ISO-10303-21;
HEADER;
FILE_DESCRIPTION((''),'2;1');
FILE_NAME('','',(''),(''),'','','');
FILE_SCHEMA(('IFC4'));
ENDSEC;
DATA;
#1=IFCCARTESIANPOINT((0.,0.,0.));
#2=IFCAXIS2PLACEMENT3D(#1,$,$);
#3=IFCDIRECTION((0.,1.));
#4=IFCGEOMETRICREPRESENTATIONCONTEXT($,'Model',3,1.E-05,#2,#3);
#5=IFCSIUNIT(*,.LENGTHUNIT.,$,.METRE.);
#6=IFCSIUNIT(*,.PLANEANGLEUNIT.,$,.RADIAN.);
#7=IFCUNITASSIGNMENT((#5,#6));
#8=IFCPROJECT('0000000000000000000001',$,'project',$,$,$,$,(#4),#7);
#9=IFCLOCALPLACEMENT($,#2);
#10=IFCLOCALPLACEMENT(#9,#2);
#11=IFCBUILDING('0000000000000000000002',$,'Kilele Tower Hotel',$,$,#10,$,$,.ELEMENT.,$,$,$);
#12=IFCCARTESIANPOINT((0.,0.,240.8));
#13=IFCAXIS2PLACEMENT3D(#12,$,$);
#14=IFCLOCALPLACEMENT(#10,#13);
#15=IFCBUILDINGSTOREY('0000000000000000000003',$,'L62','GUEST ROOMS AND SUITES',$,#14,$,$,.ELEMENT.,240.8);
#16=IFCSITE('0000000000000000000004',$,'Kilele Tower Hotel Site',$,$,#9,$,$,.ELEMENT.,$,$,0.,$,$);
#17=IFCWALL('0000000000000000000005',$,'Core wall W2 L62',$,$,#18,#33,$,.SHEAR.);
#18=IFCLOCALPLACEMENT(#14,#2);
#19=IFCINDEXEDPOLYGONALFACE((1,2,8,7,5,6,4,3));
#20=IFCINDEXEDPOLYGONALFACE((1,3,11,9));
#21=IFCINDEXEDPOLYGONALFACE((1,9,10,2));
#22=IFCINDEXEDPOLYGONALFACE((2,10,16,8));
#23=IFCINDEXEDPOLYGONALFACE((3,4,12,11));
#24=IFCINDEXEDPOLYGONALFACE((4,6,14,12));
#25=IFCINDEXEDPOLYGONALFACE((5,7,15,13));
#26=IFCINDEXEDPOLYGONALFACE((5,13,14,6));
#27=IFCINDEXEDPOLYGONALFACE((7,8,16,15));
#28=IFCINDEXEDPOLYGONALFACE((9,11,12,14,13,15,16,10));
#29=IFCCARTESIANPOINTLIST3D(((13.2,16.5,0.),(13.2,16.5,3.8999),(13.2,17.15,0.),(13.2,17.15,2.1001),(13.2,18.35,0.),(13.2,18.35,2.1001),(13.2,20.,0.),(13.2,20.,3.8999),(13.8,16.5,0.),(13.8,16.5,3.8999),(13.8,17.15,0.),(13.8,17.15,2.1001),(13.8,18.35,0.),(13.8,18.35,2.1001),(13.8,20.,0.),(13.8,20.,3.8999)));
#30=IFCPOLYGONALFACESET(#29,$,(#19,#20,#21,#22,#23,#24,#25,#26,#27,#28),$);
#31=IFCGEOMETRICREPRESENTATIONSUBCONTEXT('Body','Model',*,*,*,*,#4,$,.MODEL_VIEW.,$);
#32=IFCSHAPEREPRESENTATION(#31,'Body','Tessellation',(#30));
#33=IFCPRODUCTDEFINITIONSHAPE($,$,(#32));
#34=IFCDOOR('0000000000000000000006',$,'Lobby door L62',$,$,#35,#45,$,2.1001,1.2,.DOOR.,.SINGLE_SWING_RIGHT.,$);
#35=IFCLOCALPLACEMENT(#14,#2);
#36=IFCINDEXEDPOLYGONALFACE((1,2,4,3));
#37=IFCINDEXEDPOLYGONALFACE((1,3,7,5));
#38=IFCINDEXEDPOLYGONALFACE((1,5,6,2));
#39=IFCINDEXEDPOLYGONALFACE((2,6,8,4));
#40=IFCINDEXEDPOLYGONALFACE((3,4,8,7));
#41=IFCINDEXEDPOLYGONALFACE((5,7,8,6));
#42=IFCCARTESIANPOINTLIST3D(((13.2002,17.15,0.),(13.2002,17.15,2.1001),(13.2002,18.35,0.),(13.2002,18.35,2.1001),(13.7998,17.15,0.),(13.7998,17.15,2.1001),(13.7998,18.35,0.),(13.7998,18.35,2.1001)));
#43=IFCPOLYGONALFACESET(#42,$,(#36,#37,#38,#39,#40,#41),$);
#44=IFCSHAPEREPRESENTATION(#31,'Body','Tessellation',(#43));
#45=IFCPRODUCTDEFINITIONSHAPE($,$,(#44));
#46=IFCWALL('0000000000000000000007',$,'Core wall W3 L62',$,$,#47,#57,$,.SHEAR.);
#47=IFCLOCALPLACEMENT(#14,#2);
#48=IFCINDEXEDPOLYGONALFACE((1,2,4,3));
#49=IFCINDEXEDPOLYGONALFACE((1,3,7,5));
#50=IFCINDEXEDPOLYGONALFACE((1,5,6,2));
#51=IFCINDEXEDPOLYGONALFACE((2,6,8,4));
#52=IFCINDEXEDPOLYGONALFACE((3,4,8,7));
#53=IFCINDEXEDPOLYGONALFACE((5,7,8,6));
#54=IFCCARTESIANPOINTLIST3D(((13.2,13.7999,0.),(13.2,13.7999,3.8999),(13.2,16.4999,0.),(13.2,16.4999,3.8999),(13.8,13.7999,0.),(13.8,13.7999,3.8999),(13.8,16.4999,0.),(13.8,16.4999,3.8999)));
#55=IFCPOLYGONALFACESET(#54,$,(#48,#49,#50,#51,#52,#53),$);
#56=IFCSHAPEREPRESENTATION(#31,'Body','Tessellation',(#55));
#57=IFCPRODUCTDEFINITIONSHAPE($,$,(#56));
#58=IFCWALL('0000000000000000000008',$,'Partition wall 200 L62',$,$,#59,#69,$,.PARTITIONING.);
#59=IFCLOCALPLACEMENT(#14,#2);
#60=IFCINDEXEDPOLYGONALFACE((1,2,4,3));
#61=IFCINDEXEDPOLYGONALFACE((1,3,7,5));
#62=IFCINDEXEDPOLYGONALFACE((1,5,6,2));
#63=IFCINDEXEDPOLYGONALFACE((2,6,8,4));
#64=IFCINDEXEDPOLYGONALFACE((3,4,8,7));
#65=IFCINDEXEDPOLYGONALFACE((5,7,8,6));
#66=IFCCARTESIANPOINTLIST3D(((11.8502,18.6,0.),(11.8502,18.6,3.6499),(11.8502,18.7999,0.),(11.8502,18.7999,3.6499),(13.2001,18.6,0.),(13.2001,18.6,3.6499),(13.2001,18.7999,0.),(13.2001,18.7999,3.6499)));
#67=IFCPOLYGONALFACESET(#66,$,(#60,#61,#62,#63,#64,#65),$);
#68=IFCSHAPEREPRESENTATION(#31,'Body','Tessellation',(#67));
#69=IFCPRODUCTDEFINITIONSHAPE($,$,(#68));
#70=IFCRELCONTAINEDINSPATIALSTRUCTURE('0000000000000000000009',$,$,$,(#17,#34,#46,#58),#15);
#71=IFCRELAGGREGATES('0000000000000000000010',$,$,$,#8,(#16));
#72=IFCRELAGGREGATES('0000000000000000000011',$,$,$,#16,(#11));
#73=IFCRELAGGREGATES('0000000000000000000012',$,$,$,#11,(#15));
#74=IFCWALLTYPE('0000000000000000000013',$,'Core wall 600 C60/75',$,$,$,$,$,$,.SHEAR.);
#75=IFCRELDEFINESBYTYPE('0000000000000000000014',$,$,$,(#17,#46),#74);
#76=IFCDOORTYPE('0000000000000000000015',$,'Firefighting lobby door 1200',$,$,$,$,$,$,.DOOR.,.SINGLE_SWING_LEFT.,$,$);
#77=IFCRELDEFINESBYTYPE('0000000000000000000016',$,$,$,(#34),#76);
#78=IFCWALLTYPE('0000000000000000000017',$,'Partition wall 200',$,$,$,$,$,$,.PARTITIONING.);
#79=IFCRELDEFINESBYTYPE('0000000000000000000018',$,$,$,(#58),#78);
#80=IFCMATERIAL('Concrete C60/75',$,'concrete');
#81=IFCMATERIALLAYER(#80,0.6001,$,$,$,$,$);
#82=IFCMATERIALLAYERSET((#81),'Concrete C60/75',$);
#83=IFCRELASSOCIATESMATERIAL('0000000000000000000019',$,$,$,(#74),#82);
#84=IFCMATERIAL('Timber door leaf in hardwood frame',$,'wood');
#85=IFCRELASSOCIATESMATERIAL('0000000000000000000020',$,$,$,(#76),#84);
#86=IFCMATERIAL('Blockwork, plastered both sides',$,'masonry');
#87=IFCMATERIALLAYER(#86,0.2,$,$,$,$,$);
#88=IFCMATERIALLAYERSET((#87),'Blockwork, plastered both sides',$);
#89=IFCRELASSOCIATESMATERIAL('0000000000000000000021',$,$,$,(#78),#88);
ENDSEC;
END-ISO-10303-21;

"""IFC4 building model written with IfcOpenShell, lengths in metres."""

from ifc_helpers import new_model, si_unit, direction, frame, frame_2d, origin, place, context, subcontext, project, spatial, rectangle, extrude, material, layer, layer_set, type_object, element, fill, save


model = new_model("IFC4")

# Units and contexts
model_context = context("Model", 3, precision=1e-05, world=origin(), true_north=direction((0.0, 1.0)))
body_context = subcontext(model_context, "Body", "Model", "MODEL_VIEW")
ifc_project = project(units=[si_unit("LENGTHUNIT", "METRE"), si_unit("PLANEANGLEUNIT", "RADIAN")], contexts=[model_context])

# Site, building, storey
site_placement = place(None, origin())
site = spatial("IfcSite", under=ifc_project, at=site_placement, Name="Kilele Tower Hotel Site", CompositionType="ELEMENT", RefElevation=0.0)
building_placement = place(site_placement, origin())
building = spatial("IfcBuilding", under=site, at=building_placement, Name="Kilele Tower Hotel", CompositionType="ELEMENT")
storey_placement = place(building_placement, frame((0.0, 0.0, 240.8)))
storey = spatial("IfcBuildingStorey", under=building, at=storey_placement, Name="L62", Description="GUEST ROOMS AND SUITES", CompositionType="ELEMENT", Elevation=240.8)

# Shared definitions
ifc_material_1 = material(Name="Concrete C60/75", Category="concrete")
ifc_layer_1 = layer(ifc_material_1, 0.6001)
ifc_layer_set_1 = layer_set([ifc_layer_1], Name="Concrete C60/75")
wall_type_1 = type_object("IfcWallType", Name="Core wall 600 C60/75", PredefinedType="SHEAR", material=ifc_layer_set_1)
ifc_material_2 = material(Name="Timber door leaf in hardwood frame", Category="wood")
door_type_1 = type_object("IfcDoorType", Name="Firefighting lobby door 1200", OperationType="SINGLE_SWING_LEFT", PredefinedType="DOOR", material=ifc_material_2)

# Wall, opening, door
wall_1_placement = place(storey_placement, frame((13.5, 20.0, 0.0), z_axis=(0.0, 0.0, 1.0), x_axis=(0.0, -1.0, 0.0)))
wall_1 = element("IfcWall", 1, at=wall_1_placement, inside=storey, type_object=wall_type_1, Name="Core wall W2 L62", PredefinedType="SHEAR", context=body_context, shape_type="SweptSolid", body=[
    extrude(rectangle(XDim=3.5, YDim=0.6001, at=frame_2d((1.75, 0.0))), origin(), (0.0, 0.0, 1.0), 3.8999),
])
opening_1_placement = place(wall_1_placement, frame((1.6499, 0.0, 0.0)))
opening_1 = element("IfcOpeningElement", 2, at=opening_1_placement, cuts=wall_1, PredefinedType="OPENING", context=body_context, shape_type="SweptSolid", body=[
    extrude(rectangle(XDim=1.2, YDim=2.1001, at=frame_2d((0.6001, 1.05))), frame((0.0, 0.3101, 0.0), z_axis=(0.0, -1.0, 0.0), x_axis=(1.0, 0.0, 0.0)), (0.0, 0.0, 1.0), 0.6201),
])
door_1_placement = place(opening_1_placement, origin())
door_1 = element("IfcDoor", 3, at=door_1_placement, inside=storey, type_object=door_type_1, Name="Lobby door L62", OperationType="SINGLE_SWING_RIGHT", OverallHeight=2.1001, OverallWidth=1.2, PredefinedType="DOOR", context=body_context, shape_type="SweptSolid", body=[
    extrude(rectangle(XDim=1.2, YDim=2.1001, at=frame_2d((0.6001, 1.05))), frame((0.0, 0.2998, 0.0), z_axis=(0.0, -1.0, 0.0), x_axis=(1.0, 0.0, 0.0)), (0.0, 0.0, 1.0), 0.5996),
])
fill(opening_1, door_1)

# Walls
wall_2_placement = place(storey_placement, frame((13.5, 16.5, 0.0), z_axis=(0.0, 0.0, 1.0), x_axis=(0.0, -1.0, 0.0)))
element("IfcWall", 4, at=wall_2_placement, inside=storey, type_object=wall_type_1, Name="Core wall W3 L62", PredefinedType="SHEAR", context=body_context, shape_type="SweptSolid", body=[
    extrude(rectangle(XDim=2.7, YDim=0.6001, at=frame_2d((1.3501, 0.0))), origin(), (0.0, 0.0, 1.0), 3.8999),
])
ifc_material_3 = material(Name="Blockwork, plastered both sides", Category="masonry")
ifc_layer_2 = layer(ifc_material_3, 0.2)
ifc_layer_set_2 = layer_set([ifc_layer_2], Name="Blockwork, plastered both sides")
wall_type_2 = type_object("IfcWallType", Name="Partition wall 200", PredefinedType="PARTITIONING", material=ifc_layer_set_2)
wall_3_placement = place(storey_placement, frame((13.2, 18.7, 0.0), z_axis=(0.0, 0.0, 1.0), x_axis=(-1.0, 0.0, 0.0)))
element("IfcWall", 5, at=wall_3_placement, inside=storey, type_object=wall_type_2, Name="Partition wall 200 L62", PredefinedType="PARTITIONING", context=body_context, shape_type="SweptSolid", body=[
    extrude(rectangle(XDim=1.3499, YDim=0.2, at=frame_2d((0.6748, 0.0))), origin(), (0.0, 0.0, 1.0), 3.6499),
])

save(model, "model.ifc")
